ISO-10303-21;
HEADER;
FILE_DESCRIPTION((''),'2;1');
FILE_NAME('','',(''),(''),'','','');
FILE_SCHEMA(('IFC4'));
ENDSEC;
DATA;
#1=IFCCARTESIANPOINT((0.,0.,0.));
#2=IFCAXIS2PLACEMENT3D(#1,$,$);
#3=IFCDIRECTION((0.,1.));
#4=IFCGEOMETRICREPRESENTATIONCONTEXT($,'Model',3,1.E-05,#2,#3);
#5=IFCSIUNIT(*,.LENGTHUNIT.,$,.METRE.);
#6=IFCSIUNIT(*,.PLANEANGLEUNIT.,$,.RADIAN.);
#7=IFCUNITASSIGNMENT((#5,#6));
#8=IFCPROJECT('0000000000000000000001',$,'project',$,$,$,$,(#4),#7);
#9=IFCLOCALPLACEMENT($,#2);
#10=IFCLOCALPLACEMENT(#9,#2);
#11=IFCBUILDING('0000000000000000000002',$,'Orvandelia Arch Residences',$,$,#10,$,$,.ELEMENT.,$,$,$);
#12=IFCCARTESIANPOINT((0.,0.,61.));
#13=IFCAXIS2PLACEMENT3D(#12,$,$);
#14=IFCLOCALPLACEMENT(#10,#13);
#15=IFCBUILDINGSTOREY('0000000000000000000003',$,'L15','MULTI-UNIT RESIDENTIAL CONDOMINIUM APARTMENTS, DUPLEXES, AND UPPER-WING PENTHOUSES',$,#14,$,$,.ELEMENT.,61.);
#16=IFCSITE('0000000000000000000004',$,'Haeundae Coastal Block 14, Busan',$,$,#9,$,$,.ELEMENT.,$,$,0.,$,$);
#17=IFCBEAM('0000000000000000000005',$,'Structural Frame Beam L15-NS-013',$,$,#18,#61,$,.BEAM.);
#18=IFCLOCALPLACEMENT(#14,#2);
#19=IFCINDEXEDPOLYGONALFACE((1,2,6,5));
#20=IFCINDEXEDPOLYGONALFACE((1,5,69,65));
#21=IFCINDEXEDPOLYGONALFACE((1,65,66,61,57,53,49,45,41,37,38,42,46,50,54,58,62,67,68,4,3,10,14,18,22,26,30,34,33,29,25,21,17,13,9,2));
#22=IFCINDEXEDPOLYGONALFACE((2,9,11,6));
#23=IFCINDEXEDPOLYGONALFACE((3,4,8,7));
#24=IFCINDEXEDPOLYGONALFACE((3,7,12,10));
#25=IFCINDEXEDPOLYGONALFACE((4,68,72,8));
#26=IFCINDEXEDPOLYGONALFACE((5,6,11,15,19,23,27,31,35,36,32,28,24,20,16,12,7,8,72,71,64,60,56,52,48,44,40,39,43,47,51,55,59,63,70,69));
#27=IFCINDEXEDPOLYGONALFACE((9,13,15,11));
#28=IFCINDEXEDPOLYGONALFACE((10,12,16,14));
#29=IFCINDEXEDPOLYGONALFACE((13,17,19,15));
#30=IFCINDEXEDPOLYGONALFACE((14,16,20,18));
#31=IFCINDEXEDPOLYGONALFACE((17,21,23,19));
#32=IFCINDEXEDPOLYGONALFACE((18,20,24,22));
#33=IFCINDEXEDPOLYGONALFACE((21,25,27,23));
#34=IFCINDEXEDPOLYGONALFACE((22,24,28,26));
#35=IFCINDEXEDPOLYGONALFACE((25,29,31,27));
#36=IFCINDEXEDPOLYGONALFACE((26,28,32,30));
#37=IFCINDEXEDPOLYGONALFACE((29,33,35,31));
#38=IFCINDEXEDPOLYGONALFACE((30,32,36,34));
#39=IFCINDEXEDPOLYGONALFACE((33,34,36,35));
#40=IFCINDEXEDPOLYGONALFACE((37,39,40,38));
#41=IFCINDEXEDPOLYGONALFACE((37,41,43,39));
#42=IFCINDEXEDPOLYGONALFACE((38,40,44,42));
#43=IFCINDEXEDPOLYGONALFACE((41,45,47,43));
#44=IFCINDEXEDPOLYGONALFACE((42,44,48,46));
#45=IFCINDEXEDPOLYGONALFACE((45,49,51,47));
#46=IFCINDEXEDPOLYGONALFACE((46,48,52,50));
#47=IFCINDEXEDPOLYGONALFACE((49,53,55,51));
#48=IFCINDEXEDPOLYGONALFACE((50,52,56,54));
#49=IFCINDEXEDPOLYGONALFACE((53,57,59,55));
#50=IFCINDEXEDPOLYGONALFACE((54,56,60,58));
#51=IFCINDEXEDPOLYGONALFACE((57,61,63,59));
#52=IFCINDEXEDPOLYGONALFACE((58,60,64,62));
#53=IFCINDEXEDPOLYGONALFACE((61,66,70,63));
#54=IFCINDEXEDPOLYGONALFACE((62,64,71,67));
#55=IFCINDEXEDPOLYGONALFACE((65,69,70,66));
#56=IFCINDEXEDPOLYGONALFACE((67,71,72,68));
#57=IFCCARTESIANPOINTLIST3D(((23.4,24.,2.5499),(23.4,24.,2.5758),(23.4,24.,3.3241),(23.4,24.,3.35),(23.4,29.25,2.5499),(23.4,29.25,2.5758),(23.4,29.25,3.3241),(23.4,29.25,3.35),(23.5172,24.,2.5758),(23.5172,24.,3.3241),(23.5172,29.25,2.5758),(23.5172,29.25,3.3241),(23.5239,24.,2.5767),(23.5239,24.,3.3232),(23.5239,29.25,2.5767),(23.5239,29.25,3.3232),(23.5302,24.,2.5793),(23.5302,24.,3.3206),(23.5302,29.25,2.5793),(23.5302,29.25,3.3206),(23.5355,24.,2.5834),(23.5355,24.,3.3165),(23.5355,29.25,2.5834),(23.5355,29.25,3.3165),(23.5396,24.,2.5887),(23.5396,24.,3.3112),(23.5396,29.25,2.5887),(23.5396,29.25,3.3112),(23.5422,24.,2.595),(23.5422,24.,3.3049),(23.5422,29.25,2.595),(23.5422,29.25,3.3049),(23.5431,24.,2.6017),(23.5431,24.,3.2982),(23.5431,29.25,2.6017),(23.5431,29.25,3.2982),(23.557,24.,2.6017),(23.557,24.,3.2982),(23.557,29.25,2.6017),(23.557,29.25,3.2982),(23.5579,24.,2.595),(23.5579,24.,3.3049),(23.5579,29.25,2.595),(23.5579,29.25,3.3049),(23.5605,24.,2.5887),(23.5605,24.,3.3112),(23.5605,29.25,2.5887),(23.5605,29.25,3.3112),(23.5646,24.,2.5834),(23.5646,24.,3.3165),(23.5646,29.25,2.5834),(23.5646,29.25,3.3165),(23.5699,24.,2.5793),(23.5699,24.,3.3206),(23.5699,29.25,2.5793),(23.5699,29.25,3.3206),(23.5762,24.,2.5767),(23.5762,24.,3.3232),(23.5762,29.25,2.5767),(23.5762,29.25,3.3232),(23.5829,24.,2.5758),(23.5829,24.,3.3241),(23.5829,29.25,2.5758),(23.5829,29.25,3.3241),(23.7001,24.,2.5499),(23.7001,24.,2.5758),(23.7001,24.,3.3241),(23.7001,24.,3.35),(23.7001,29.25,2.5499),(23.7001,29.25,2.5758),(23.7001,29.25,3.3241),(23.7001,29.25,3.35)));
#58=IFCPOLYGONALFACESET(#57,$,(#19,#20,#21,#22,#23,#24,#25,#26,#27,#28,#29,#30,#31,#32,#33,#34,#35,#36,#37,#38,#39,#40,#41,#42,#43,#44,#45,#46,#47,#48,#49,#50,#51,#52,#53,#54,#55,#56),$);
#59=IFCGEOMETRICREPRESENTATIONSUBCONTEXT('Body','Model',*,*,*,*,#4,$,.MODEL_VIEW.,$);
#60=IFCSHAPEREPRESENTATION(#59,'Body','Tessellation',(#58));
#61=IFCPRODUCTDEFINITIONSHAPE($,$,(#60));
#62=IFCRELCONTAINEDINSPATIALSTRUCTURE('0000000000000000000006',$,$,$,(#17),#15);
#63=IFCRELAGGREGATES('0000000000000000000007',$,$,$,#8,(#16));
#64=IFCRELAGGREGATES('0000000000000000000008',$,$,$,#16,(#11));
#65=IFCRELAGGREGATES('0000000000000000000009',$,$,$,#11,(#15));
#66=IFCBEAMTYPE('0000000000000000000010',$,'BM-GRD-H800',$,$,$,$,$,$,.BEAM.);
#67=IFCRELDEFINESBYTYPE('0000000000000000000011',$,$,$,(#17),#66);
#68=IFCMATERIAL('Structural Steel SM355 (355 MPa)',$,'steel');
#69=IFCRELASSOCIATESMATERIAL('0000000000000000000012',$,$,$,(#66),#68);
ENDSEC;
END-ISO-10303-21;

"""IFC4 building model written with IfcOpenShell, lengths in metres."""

from ifc_helpers import new_model, si_unit, direction, frame, origin, origin_2d, place, context, subcontext, project, spatial, i_section, extrude, material, material_profile, profile_set, type_object, element, save


model = new_model("IFC4")

# Units and contexts
model_context = context("Model", 3, precision=1e-05, world=origin(), true_north=direction((0.0, 1.0)))
body_context = subcontext(model_context, "Body", "Model", "MODEL_VIEW")
ifc_project = project(units=[si_unit("LENGTHUNIT", "METRE"), si_unit("PLANEANGLEUNIT", "RADIAN")], contexts=[model_context])

# Site, building, storey
site_placement = place(None, origin())
site = spatial("IfcSite", under=ifc_project, at=site_placement, Name="Haeundae Coastal Block 14, Busan", CompositionType="ELEMENT", RefElevation=0.0)
building_placement = place(site_placement, origin())
building = spatial("IfcBuilding", under=site, at=building_placement, Name="Orvandelia Arch Residences", CompositionType="ELEMENT")
storey_placement = place(building_placement, frame((0.0, 0.0, 61.0)))
storey = spatial("IfcBuildingStorey", under=building, at=storey_placement, Name="L15", Description="MULTI-UNIT RESIDENTIAL CONDOMINIUM APARTMENTS, DUPLEXES, AND UPPER-WING PENTHOUSES", CompositionType="ELEMENT", Elevation=61.0)

# Beam
ifc_material_1 = material(Name="Structural Steel SM355 (355 MPa)", Category="steel")
ifc_material_profile_1 = material_profile(ifc_material_1, i_section(OverallWidth=0.3, OverallDepth=0.8, WebThickness=0.0139, FlangeThickness=0.0259, FilletRadius=0.0259, at=origin_2d()), Name="Structural Steel SM355 (355 MPa)", Category="steel")
ifc_profile_set_1 = profile_set([ifc_material_profile_1], Name="Structural Steel SM355 (355 MPa)")
beam_type = type_object("IfcBeamType", Name="BM-GRD-H800", PredefinedType="BEAM", material=ifc_profile_set_1)
beam_1_placement = place(storey_placement, frame((23.55, 24.0, 2.95), z_axis=(0.0, 1.0, 0.0), x_axis=(-1.0, 0.0, 0.0)))
element("IfcBeam", 1, at=beam_1_placement, inside=storey, type_object=beam_type, Name="Structural Frame Beam L15-NS-013", PredefinedType="BEAM", context=body_context, shape_type="SweptSolid", body=[
    extrude(i_section(OverallWidth=0.3, OverallDepth=0.8, WebThickness=0.0139, FlangeThickness=0.0259, FilletRadius=0.0259, at=origin_2d()), origin(), (0.0, 0.0, 1.0), 5.25),
])

save(model, "model.ifc")
